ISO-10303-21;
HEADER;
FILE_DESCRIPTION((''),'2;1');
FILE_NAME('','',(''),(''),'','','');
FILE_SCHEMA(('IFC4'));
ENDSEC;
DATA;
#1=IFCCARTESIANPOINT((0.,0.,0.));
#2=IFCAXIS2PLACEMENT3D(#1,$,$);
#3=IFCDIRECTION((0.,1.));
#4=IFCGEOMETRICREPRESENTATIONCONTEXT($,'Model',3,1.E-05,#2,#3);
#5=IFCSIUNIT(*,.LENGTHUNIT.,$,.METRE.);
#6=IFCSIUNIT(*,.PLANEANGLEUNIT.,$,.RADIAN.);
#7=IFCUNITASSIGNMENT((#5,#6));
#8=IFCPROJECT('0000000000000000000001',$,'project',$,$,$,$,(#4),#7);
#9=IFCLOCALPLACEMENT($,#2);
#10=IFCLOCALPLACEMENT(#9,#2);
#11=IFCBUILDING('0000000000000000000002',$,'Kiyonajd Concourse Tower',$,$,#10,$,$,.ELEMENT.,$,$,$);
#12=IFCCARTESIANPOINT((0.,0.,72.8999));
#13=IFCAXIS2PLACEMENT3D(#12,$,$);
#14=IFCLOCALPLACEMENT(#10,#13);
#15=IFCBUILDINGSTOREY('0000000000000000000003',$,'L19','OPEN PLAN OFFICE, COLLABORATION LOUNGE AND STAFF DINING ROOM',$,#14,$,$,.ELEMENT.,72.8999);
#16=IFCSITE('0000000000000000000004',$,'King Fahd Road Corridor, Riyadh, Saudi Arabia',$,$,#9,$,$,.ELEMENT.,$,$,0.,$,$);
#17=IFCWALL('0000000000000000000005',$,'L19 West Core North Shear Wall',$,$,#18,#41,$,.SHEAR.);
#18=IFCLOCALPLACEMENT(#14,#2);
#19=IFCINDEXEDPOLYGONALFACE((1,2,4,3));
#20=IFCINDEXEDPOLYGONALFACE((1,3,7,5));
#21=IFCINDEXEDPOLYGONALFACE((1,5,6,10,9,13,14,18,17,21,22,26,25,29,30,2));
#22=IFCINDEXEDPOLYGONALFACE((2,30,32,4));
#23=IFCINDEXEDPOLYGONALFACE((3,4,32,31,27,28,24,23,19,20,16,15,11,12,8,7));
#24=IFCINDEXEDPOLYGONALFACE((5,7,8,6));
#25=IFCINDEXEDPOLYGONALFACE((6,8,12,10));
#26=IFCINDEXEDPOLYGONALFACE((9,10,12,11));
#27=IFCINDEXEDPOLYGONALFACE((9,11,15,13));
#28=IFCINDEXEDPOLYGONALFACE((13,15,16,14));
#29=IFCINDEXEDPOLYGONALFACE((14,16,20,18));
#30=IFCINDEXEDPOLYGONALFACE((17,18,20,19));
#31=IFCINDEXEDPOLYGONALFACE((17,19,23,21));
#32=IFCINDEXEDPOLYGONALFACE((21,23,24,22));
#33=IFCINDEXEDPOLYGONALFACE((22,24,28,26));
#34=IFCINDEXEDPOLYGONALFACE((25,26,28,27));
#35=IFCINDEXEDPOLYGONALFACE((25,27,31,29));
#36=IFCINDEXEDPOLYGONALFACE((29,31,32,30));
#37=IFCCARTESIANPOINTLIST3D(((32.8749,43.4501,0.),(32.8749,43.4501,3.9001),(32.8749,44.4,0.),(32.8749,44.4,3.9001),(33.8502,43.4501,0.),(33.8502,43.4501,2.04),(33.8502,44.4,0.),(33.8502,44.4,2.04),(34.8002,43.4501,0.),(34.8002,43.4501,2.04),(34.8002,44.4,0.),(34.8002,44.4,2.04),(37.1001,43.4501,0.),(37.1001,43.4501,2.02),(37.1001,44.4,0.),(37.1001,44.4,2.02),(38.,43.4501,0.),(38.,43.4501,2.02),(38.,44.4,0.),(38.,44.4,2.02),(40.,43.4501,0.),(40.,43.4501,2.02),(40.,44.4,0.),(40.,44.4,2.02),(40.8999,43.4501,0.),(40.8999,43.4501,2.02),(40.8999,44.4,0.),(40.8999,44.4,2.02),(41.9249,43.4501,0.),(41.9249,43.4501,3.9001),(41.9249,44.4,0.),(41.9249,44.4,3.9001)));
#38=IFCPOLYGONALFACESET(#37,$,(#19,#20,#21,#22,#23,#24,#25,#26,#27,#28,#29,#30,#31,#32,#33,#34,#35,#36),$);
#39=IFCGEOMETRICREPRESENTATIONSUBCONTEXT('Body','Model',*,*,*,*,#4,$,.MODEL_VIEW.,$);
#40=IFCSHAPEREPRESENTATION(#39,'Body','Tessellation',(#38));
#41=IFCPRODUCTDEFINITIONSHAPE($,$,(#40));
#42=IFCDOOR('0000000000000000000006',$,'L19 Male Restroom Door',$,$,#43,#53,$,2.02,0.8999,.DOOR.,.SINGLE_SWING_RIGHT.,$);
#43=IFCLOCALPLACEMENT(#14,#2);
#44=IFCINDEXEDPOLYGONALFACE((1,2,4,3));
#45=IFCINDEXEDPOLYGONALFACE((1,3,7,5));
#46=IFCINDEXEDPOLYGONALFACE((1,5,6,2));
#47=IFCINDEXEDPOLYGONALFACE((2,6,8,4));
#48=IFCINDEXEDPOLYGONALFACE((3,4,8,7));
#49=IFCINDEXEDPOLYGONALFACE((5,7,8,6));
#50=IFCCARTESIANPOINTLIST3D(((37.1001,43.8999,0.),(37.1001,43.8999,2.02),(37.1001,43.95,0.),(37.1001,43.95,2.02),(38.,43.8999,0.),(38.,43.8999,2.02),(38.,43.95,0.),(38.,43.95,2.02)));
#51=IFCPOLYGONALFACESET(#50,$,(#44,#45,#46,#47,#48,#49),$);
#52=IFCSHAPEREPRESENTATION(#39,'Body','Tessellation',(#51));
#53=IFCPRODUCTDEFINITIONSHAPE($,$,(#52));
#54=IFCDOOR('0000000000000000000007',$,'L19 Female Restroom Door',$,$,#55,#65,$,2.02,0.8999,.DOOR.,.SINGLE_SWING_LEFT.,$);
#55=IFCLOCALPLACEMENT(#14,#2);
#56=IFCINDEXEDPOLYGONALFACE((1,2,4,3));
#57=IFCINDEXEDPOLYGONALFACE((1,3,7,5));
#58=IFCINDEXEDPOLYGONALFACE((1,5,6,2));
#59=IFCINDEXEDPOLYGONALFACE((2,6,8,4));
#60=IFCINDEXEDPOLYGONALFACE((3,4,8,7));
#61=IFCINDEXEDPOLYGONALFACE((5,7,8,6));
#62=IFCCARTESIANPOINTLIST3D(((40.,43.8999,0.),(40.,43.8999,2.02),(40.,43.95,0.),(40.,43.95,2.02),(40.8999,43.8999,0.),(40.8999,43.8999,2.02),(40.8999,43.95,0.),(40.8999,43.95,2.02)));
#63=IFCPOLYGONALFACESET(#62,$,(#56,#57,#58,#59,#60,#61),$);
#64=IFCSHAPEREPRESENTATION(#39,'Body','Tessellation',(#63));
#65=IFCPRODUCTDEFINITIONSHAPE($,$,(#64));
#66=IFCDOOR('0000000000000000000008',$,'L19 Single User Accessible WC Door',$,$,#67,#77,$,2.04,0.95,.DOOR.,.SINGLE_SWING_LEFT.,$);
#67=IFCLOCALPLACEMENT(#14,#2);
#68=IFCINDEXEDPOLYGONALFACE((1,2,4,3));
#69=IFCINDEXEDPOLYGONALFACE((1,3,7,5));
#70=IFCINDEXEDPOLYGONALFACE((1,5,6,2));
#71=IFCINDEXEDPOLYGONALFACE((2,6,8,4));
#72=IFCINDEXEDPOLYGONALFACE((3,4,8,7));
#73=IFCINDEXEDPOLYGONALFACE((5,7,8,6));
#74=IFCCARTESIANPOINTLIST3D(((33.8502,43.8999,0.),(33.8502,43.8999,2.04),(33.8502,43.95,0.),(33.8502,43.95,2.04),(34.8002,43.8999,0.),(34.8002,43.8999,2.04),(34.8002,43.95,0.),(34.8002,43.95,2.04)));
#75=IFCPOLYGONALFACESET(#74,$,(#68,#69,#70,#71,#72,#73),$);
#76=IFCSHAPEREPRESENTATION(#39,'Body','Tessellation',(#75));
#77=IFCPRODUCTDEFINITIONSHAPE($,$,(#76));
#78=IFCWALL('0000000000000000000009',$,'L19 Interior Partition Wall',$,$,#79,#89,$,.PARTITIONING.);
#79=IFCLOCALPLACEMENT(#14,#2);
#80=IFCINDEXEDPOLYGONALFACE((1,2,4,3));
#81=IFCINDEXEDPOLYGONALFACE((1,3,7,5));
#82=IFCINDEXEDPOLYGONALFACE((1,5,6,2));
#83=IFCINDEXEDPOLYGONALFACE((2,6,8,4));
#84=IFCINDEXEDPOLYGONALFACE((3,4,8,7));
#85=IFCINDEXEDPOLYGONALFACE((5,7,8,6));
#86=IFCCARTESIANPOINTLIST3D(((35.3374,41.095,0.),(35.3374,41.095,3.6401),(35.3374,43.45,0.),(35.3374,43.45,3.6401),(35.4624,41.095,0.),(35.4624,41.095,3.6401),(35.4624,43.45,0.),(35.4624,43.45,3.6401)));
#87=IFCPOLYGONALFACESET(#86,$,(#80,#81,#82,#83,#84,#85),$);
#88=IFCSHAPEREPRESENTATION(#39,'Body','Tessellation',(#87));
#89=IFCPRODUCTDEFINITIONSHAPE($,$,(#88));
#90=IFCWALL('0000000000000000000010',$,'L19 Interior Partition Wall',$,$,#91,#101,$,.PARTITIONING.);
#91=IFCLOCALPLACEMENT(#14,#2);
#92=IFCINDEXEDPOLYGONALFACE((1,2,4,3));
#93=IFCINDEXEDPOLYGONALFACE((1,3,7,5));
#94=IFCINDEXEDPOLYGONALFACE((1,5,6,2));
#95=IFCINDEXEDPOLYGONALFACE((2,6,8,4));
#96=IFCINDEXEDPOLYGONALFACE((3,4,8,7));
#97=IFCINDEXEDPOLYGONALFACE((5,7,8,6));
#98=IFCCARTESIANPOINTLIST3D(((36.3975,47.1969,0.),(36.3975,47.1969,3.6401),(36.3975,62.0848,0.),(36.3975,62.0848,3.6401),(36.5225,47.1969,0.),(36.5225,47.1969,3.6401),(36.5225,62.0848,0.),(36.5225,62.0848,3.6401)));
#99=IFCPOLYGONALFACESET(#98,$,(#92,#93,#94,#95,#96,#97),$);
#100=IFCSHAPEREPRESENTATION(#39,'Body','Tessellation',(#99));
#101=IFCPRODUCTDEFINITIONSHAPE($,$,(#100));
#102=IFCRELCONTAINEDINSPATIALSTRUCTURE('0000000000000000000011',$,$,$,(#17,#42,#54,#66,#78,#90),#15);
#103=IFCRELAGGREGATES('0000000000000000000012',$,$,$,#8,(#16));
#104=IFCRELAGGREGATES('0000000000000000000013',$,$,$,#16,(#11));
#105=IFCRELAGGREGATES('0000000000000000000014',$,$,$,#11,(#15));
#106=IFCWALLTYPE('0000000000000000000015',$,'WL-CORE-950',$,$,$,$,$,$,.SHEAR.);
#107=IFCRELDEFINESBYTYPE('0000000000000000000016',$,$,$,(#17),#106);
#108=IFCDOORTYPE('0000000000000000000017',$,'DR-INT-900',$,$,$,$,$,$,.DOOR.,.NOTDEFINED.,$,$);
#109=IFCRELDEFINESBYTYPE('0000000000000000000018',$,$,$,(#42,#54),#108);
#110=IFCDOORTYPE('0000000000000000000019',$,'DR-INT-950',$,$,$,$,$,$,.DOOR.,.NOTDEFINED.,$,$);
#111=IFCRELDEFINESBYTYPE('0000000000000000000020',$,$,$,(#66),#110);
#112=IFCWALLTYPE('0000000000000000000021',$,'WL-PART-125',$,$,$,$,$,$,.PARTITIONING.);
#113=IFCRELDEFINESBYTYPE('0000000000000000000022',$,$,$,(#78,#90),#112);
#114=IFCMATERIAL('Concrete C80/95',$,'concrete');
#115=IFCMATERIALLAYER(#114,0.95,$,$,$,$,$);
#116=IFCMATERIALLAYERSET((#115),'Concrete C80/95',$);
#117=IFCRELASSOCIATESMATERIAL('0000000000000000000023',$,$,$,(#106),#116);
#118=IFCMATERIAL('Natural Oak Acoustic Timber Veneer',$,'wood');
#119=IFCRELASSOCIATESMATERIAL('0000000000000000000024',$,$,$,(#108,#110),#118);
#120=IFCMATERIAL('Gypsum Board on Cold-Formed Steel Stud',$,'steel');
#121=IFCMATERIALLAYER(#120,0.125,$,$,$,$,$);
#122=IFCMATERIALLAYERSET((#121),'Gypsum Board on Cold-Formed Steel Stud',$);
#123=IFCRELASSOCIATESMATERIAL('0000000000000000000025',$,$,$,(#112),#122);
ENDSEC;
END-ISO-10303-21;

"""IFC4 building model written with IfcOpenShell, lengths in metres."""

from ifc_helpers import new_model, si_unit, direction, frame, frame_2d, origin, place, context, subcontext, project, spatial, rectangle, extrude, material, layer, layer_set, type_object, element, fill, save


model = new_model("IFC4")

# Units and contexts
model_context = context("Model", 3, precision=1e-05, world=origin(), true_north=direction((0.0, 1.0)))
body_context = subcontext(model_context, "Body", "Model", "MODEL_VIEW")
ifc_project = project(units=[si_unit("LENGTHUNIT", "METRE"), si_unit("PLANEANGLEUNIT", "RADIAN")], contexts=[model_context])

# Site, building, storey
site_placement = place(None, origin())
site = spatial("IfcSite", under=ifc_project, at=site_placement, Name="King Fahd Road Corridor, Riyadh, Saudi Arabia", CompositionType="ELEMENT", RefElevation=0.0)
building_placement = place(site_placement, origin())
building = spatial("IfcBuilding", under=site, at=building_placement, Name="Kiyonajd Concourse Tower", CompositionType="ELEMENT")
storey_placement = place(building_placement, frame((0.0, 0.0, 72.8999)))
storey = spatial("IfcBuildingStorey", under=building, at=storey_placement, Name="L19", Description="OPEN PLAN OFFICE, COLLABORATION LOUNGE AND STAFF DINING ROOM", CompositionType="ELEMENT", Elevation=72.8999)

# Shared definitions
ifc_material_1 = material(Name="Concrete C80/95", Category="concrete")

# Wall, openings, doors
ifc_layer_1 = layer(ifc_material_1, 0.95)
ifc_layer_set_1 = layer_set([ifc_layer_1], Name="Concrete C80/95")
wall_type_1 = type_object("IfcWallType", Name="WL-CORE-950", PredefinedType="SHEAR", material=ifc_layer_set_1)
wall_1_placement = place(storey_placement, frame((32.875, 43.925, 0.0), z_axis=(0.0, 0.0, 1.0), x_axis=(1.0, 0.0, 0.0)))
wall_1 = element("IfcWall", 1, at=wall_1_placement, inside=storey, type_object=wall_type_1, Name="L19 West Core North Shear Wall", PredefinedType="SHEAR", context=body_context, shape_type="SweptSolid", body=[
    extrude(rectangle(XDim=9.05, YDim=0.95, at=frame_2d((4.5249, 0.0))), origin(), (0.0, 0.0, 1.0), 3.9001),
])
opening_1_placement = place(wall_1_placement, frame((0.9751, 0.0, 0.0)))
opening_1 = element("IfcOpeningElement", 2, at=opening_1_placement, cuts=wall_1, PredefinedType="OPENING", context=body_context, shape_type="SweptSolid", body=[
    extrude(rectangle(XDim=0.95, YDim=2.04, at=frame_2d((0.4751, 1.02))), frame((0.0, 0.4849, 0.0), z_axis=(0.0, -1.0, 0.0), x_axis=(1.0, 0.0, 0.0)), (0.0, 0.0, 1.0), 0.97),
])
opening_2_placement = place(wall_1_placement, frame((4.2251, 0.0, 0.0)))
opening_2 = element("IfcOpeningElement", 3, at=opening_2_placement, cuts=wall_1, PredefinedType="OPENING", context=body_context, shape_type="SweptSolid", body=[
    extrude(rectangle(XDim=0.8999, YDim=2.02, at=frame_2d((0.45, 1.01))), frame((0.0, 0.4849, 0.0), z_axis=(0.0, -1.0, 0.0), x_axis=(1.0, 0.0, 0.0)), (0.0, 0.0, 1.0), 0.97),
])
opening_3_placement = place(wall_1_placement, frame((7.125, 0.0, 0.0)))
opening_3 = element("IfcOpeningElement", 4, at=opening_3_placement, cuts=wall_1, PredefinedType="OPENING", context=body_context, shape_type="SweptSolid", body=[
    extrude(rectangle(XDim=0.8999, YDim=2.02, at=frame_2d((0.45, 1.01))), frame((0.0, 0.4849, 0.0), z_axis=(0.0, -1.0, 0.0), x_axis=(1.0, 0.0, 0.0)), (0.0, 0.0, 1.0), 0.97),
])
ifc_material_2 = material(Name="Natural Oak Acoustic Timber Veneer", Category="wood")
door_type_1 = type_object("IfcDoorType", Name="DR-INT-900", OperationType="NOTDEFINED", PredefinedType="DOOR", material=ifc_material_2)
door_1_placement = place(opening_2_placement, origin())
door_1 = element("IfcDoor", 5, at=door_1_placement, inside=storey, type_object=door_type_1, Name="L19 Male Restroom Door", OperationType="SINGLE_SWING_RIGHT", OverallHeight=2.02, OverallWidth=0.8999, PredefinedType="DOOR", context=body_context, shape_type="SweptSolid", body=[
    extrude(rectangle(XDim=0.8999, YDim=2.02, at=frame_2d((0.45, 1.01))), frame((0.0, 0.0249, 0.0), z_axis=(0.0, -1.0, 0.0), x_axis=(1.0, 0.0, 0.0)), (0.0, 0.0, 1.0), 0.05),
])
fill(opening_2, door_1)
door_2_placement = place(opening_3_placement, origin())
door_2 = element("IfcDoor", 6, at=door_2_placement, inside=storey, type_object=door_type_1, Name="L19 Female Restroom Door", OperationType="SINGLE_SWING_LEFT", OverallHeight=2.02, OverallWidth=0.8999, PredefinedType="DOOR", context=body_context, shape_type="SweptSolid", body=[
    extrude(rectangle(XDim=0.8999, YDim=2.02, at=frame_2d((0.45, 1.01))), frame((0.0, 0.0249, 0.0), z_axis=(0.0, -1.0, 0.0), x_axis=(1.0, 0.0, 0.0)), (0.0, 0.0, 1.0), 0.05),
])
fill(opening_3, door_2)
door_type_2 = type_object("IfcDoorType", Name="DR-INT-950", OperationType="NOTDEFINED", PredefinedType="DOOR", material=ifc_material_2)
door_3_placement = place(opening_1_placement, origin())
door_3 = element("IfcDoor", 7, at=door_3_placement, inside=storey, type_object=door_type_2, Name="L19 Single User Accessible WC Door", OperationType="SINGLE_SWING_LEFT", OverallHeight=2.04, OverallWidth=0.95, PredefinedType="DOOR", context=body_context, shape_type="SweptSolid", body=[
    extrude(rectangle(XDim=0.95, YDim=2.04, at=frame_2d((0.4751, 1.02))), frame((0.0, 0.0249, 0.0), z_axis=(0.0, -1.0, 0.0), x_axis=(1.0, 0.0, 0.0)), (0.0, 0.0, 1.0), 0.05),
])
fill(opening_1, door_3)

# Walls
ifc_material_3 = material(Name="Gypsum Board on Cold-Formed Steel Stud", Category="steel")
ifc_layer_2 = layer(ifc_material_3, 0.125)
ifc_layer_set_2 = layer_set([ifc_layer_2], Name="Gypsum Board on Cold-Formed Steel Stud")
wall_type_2 = type_object("IfcWallType", Name="WL-PART-125", PredefinedType="PARTITIONING", material=ifc_layer_set_2)
wall_2_placement = place(storey_placement, frame((35.3999, 41.095, 0.0), z_axis=(0.0, 0.0, 1.0), x_axis=(0.0, 1.0, 0.0)))
element("IfcWall", 8, at=wall_2_placement, inside=storey, type_object=wall_type_2, Name="L19 Interior Partition Wall", PredefinedType="PARTITIONING", context=body_context, shape_type="SweptSolid", body=[
    extrude(rectangle(XDim=2.355, YDim=0.125, at=frame_2d((1.1775, 0.0))), origin(), (0.0, 0.0, 1.0), 3.6401),
])
wall_3_placement = place(storey_placement, frame((36.46, 47.197, 0.0), z_axis=(0.0, 0.0, 1.0), x_axis=(0.0, 1.0, 0.0)))
element("IfcWall", 9, at=wall_3_placement, inside=storey, type_object=wall_type_2, Name="L19 Interior Partition Wall", PredefinedType="PARTITIONING", context=body_context, shape_type="SweptSolid", body=[
    extrude(rectangle(XDim=14.8879, YDim=0.125, at=frame_2d((7.4438, 0.0))), origin(), (0.0, 0.0, 1.0), 3.6401),
])

save(model, "model.ifc")
